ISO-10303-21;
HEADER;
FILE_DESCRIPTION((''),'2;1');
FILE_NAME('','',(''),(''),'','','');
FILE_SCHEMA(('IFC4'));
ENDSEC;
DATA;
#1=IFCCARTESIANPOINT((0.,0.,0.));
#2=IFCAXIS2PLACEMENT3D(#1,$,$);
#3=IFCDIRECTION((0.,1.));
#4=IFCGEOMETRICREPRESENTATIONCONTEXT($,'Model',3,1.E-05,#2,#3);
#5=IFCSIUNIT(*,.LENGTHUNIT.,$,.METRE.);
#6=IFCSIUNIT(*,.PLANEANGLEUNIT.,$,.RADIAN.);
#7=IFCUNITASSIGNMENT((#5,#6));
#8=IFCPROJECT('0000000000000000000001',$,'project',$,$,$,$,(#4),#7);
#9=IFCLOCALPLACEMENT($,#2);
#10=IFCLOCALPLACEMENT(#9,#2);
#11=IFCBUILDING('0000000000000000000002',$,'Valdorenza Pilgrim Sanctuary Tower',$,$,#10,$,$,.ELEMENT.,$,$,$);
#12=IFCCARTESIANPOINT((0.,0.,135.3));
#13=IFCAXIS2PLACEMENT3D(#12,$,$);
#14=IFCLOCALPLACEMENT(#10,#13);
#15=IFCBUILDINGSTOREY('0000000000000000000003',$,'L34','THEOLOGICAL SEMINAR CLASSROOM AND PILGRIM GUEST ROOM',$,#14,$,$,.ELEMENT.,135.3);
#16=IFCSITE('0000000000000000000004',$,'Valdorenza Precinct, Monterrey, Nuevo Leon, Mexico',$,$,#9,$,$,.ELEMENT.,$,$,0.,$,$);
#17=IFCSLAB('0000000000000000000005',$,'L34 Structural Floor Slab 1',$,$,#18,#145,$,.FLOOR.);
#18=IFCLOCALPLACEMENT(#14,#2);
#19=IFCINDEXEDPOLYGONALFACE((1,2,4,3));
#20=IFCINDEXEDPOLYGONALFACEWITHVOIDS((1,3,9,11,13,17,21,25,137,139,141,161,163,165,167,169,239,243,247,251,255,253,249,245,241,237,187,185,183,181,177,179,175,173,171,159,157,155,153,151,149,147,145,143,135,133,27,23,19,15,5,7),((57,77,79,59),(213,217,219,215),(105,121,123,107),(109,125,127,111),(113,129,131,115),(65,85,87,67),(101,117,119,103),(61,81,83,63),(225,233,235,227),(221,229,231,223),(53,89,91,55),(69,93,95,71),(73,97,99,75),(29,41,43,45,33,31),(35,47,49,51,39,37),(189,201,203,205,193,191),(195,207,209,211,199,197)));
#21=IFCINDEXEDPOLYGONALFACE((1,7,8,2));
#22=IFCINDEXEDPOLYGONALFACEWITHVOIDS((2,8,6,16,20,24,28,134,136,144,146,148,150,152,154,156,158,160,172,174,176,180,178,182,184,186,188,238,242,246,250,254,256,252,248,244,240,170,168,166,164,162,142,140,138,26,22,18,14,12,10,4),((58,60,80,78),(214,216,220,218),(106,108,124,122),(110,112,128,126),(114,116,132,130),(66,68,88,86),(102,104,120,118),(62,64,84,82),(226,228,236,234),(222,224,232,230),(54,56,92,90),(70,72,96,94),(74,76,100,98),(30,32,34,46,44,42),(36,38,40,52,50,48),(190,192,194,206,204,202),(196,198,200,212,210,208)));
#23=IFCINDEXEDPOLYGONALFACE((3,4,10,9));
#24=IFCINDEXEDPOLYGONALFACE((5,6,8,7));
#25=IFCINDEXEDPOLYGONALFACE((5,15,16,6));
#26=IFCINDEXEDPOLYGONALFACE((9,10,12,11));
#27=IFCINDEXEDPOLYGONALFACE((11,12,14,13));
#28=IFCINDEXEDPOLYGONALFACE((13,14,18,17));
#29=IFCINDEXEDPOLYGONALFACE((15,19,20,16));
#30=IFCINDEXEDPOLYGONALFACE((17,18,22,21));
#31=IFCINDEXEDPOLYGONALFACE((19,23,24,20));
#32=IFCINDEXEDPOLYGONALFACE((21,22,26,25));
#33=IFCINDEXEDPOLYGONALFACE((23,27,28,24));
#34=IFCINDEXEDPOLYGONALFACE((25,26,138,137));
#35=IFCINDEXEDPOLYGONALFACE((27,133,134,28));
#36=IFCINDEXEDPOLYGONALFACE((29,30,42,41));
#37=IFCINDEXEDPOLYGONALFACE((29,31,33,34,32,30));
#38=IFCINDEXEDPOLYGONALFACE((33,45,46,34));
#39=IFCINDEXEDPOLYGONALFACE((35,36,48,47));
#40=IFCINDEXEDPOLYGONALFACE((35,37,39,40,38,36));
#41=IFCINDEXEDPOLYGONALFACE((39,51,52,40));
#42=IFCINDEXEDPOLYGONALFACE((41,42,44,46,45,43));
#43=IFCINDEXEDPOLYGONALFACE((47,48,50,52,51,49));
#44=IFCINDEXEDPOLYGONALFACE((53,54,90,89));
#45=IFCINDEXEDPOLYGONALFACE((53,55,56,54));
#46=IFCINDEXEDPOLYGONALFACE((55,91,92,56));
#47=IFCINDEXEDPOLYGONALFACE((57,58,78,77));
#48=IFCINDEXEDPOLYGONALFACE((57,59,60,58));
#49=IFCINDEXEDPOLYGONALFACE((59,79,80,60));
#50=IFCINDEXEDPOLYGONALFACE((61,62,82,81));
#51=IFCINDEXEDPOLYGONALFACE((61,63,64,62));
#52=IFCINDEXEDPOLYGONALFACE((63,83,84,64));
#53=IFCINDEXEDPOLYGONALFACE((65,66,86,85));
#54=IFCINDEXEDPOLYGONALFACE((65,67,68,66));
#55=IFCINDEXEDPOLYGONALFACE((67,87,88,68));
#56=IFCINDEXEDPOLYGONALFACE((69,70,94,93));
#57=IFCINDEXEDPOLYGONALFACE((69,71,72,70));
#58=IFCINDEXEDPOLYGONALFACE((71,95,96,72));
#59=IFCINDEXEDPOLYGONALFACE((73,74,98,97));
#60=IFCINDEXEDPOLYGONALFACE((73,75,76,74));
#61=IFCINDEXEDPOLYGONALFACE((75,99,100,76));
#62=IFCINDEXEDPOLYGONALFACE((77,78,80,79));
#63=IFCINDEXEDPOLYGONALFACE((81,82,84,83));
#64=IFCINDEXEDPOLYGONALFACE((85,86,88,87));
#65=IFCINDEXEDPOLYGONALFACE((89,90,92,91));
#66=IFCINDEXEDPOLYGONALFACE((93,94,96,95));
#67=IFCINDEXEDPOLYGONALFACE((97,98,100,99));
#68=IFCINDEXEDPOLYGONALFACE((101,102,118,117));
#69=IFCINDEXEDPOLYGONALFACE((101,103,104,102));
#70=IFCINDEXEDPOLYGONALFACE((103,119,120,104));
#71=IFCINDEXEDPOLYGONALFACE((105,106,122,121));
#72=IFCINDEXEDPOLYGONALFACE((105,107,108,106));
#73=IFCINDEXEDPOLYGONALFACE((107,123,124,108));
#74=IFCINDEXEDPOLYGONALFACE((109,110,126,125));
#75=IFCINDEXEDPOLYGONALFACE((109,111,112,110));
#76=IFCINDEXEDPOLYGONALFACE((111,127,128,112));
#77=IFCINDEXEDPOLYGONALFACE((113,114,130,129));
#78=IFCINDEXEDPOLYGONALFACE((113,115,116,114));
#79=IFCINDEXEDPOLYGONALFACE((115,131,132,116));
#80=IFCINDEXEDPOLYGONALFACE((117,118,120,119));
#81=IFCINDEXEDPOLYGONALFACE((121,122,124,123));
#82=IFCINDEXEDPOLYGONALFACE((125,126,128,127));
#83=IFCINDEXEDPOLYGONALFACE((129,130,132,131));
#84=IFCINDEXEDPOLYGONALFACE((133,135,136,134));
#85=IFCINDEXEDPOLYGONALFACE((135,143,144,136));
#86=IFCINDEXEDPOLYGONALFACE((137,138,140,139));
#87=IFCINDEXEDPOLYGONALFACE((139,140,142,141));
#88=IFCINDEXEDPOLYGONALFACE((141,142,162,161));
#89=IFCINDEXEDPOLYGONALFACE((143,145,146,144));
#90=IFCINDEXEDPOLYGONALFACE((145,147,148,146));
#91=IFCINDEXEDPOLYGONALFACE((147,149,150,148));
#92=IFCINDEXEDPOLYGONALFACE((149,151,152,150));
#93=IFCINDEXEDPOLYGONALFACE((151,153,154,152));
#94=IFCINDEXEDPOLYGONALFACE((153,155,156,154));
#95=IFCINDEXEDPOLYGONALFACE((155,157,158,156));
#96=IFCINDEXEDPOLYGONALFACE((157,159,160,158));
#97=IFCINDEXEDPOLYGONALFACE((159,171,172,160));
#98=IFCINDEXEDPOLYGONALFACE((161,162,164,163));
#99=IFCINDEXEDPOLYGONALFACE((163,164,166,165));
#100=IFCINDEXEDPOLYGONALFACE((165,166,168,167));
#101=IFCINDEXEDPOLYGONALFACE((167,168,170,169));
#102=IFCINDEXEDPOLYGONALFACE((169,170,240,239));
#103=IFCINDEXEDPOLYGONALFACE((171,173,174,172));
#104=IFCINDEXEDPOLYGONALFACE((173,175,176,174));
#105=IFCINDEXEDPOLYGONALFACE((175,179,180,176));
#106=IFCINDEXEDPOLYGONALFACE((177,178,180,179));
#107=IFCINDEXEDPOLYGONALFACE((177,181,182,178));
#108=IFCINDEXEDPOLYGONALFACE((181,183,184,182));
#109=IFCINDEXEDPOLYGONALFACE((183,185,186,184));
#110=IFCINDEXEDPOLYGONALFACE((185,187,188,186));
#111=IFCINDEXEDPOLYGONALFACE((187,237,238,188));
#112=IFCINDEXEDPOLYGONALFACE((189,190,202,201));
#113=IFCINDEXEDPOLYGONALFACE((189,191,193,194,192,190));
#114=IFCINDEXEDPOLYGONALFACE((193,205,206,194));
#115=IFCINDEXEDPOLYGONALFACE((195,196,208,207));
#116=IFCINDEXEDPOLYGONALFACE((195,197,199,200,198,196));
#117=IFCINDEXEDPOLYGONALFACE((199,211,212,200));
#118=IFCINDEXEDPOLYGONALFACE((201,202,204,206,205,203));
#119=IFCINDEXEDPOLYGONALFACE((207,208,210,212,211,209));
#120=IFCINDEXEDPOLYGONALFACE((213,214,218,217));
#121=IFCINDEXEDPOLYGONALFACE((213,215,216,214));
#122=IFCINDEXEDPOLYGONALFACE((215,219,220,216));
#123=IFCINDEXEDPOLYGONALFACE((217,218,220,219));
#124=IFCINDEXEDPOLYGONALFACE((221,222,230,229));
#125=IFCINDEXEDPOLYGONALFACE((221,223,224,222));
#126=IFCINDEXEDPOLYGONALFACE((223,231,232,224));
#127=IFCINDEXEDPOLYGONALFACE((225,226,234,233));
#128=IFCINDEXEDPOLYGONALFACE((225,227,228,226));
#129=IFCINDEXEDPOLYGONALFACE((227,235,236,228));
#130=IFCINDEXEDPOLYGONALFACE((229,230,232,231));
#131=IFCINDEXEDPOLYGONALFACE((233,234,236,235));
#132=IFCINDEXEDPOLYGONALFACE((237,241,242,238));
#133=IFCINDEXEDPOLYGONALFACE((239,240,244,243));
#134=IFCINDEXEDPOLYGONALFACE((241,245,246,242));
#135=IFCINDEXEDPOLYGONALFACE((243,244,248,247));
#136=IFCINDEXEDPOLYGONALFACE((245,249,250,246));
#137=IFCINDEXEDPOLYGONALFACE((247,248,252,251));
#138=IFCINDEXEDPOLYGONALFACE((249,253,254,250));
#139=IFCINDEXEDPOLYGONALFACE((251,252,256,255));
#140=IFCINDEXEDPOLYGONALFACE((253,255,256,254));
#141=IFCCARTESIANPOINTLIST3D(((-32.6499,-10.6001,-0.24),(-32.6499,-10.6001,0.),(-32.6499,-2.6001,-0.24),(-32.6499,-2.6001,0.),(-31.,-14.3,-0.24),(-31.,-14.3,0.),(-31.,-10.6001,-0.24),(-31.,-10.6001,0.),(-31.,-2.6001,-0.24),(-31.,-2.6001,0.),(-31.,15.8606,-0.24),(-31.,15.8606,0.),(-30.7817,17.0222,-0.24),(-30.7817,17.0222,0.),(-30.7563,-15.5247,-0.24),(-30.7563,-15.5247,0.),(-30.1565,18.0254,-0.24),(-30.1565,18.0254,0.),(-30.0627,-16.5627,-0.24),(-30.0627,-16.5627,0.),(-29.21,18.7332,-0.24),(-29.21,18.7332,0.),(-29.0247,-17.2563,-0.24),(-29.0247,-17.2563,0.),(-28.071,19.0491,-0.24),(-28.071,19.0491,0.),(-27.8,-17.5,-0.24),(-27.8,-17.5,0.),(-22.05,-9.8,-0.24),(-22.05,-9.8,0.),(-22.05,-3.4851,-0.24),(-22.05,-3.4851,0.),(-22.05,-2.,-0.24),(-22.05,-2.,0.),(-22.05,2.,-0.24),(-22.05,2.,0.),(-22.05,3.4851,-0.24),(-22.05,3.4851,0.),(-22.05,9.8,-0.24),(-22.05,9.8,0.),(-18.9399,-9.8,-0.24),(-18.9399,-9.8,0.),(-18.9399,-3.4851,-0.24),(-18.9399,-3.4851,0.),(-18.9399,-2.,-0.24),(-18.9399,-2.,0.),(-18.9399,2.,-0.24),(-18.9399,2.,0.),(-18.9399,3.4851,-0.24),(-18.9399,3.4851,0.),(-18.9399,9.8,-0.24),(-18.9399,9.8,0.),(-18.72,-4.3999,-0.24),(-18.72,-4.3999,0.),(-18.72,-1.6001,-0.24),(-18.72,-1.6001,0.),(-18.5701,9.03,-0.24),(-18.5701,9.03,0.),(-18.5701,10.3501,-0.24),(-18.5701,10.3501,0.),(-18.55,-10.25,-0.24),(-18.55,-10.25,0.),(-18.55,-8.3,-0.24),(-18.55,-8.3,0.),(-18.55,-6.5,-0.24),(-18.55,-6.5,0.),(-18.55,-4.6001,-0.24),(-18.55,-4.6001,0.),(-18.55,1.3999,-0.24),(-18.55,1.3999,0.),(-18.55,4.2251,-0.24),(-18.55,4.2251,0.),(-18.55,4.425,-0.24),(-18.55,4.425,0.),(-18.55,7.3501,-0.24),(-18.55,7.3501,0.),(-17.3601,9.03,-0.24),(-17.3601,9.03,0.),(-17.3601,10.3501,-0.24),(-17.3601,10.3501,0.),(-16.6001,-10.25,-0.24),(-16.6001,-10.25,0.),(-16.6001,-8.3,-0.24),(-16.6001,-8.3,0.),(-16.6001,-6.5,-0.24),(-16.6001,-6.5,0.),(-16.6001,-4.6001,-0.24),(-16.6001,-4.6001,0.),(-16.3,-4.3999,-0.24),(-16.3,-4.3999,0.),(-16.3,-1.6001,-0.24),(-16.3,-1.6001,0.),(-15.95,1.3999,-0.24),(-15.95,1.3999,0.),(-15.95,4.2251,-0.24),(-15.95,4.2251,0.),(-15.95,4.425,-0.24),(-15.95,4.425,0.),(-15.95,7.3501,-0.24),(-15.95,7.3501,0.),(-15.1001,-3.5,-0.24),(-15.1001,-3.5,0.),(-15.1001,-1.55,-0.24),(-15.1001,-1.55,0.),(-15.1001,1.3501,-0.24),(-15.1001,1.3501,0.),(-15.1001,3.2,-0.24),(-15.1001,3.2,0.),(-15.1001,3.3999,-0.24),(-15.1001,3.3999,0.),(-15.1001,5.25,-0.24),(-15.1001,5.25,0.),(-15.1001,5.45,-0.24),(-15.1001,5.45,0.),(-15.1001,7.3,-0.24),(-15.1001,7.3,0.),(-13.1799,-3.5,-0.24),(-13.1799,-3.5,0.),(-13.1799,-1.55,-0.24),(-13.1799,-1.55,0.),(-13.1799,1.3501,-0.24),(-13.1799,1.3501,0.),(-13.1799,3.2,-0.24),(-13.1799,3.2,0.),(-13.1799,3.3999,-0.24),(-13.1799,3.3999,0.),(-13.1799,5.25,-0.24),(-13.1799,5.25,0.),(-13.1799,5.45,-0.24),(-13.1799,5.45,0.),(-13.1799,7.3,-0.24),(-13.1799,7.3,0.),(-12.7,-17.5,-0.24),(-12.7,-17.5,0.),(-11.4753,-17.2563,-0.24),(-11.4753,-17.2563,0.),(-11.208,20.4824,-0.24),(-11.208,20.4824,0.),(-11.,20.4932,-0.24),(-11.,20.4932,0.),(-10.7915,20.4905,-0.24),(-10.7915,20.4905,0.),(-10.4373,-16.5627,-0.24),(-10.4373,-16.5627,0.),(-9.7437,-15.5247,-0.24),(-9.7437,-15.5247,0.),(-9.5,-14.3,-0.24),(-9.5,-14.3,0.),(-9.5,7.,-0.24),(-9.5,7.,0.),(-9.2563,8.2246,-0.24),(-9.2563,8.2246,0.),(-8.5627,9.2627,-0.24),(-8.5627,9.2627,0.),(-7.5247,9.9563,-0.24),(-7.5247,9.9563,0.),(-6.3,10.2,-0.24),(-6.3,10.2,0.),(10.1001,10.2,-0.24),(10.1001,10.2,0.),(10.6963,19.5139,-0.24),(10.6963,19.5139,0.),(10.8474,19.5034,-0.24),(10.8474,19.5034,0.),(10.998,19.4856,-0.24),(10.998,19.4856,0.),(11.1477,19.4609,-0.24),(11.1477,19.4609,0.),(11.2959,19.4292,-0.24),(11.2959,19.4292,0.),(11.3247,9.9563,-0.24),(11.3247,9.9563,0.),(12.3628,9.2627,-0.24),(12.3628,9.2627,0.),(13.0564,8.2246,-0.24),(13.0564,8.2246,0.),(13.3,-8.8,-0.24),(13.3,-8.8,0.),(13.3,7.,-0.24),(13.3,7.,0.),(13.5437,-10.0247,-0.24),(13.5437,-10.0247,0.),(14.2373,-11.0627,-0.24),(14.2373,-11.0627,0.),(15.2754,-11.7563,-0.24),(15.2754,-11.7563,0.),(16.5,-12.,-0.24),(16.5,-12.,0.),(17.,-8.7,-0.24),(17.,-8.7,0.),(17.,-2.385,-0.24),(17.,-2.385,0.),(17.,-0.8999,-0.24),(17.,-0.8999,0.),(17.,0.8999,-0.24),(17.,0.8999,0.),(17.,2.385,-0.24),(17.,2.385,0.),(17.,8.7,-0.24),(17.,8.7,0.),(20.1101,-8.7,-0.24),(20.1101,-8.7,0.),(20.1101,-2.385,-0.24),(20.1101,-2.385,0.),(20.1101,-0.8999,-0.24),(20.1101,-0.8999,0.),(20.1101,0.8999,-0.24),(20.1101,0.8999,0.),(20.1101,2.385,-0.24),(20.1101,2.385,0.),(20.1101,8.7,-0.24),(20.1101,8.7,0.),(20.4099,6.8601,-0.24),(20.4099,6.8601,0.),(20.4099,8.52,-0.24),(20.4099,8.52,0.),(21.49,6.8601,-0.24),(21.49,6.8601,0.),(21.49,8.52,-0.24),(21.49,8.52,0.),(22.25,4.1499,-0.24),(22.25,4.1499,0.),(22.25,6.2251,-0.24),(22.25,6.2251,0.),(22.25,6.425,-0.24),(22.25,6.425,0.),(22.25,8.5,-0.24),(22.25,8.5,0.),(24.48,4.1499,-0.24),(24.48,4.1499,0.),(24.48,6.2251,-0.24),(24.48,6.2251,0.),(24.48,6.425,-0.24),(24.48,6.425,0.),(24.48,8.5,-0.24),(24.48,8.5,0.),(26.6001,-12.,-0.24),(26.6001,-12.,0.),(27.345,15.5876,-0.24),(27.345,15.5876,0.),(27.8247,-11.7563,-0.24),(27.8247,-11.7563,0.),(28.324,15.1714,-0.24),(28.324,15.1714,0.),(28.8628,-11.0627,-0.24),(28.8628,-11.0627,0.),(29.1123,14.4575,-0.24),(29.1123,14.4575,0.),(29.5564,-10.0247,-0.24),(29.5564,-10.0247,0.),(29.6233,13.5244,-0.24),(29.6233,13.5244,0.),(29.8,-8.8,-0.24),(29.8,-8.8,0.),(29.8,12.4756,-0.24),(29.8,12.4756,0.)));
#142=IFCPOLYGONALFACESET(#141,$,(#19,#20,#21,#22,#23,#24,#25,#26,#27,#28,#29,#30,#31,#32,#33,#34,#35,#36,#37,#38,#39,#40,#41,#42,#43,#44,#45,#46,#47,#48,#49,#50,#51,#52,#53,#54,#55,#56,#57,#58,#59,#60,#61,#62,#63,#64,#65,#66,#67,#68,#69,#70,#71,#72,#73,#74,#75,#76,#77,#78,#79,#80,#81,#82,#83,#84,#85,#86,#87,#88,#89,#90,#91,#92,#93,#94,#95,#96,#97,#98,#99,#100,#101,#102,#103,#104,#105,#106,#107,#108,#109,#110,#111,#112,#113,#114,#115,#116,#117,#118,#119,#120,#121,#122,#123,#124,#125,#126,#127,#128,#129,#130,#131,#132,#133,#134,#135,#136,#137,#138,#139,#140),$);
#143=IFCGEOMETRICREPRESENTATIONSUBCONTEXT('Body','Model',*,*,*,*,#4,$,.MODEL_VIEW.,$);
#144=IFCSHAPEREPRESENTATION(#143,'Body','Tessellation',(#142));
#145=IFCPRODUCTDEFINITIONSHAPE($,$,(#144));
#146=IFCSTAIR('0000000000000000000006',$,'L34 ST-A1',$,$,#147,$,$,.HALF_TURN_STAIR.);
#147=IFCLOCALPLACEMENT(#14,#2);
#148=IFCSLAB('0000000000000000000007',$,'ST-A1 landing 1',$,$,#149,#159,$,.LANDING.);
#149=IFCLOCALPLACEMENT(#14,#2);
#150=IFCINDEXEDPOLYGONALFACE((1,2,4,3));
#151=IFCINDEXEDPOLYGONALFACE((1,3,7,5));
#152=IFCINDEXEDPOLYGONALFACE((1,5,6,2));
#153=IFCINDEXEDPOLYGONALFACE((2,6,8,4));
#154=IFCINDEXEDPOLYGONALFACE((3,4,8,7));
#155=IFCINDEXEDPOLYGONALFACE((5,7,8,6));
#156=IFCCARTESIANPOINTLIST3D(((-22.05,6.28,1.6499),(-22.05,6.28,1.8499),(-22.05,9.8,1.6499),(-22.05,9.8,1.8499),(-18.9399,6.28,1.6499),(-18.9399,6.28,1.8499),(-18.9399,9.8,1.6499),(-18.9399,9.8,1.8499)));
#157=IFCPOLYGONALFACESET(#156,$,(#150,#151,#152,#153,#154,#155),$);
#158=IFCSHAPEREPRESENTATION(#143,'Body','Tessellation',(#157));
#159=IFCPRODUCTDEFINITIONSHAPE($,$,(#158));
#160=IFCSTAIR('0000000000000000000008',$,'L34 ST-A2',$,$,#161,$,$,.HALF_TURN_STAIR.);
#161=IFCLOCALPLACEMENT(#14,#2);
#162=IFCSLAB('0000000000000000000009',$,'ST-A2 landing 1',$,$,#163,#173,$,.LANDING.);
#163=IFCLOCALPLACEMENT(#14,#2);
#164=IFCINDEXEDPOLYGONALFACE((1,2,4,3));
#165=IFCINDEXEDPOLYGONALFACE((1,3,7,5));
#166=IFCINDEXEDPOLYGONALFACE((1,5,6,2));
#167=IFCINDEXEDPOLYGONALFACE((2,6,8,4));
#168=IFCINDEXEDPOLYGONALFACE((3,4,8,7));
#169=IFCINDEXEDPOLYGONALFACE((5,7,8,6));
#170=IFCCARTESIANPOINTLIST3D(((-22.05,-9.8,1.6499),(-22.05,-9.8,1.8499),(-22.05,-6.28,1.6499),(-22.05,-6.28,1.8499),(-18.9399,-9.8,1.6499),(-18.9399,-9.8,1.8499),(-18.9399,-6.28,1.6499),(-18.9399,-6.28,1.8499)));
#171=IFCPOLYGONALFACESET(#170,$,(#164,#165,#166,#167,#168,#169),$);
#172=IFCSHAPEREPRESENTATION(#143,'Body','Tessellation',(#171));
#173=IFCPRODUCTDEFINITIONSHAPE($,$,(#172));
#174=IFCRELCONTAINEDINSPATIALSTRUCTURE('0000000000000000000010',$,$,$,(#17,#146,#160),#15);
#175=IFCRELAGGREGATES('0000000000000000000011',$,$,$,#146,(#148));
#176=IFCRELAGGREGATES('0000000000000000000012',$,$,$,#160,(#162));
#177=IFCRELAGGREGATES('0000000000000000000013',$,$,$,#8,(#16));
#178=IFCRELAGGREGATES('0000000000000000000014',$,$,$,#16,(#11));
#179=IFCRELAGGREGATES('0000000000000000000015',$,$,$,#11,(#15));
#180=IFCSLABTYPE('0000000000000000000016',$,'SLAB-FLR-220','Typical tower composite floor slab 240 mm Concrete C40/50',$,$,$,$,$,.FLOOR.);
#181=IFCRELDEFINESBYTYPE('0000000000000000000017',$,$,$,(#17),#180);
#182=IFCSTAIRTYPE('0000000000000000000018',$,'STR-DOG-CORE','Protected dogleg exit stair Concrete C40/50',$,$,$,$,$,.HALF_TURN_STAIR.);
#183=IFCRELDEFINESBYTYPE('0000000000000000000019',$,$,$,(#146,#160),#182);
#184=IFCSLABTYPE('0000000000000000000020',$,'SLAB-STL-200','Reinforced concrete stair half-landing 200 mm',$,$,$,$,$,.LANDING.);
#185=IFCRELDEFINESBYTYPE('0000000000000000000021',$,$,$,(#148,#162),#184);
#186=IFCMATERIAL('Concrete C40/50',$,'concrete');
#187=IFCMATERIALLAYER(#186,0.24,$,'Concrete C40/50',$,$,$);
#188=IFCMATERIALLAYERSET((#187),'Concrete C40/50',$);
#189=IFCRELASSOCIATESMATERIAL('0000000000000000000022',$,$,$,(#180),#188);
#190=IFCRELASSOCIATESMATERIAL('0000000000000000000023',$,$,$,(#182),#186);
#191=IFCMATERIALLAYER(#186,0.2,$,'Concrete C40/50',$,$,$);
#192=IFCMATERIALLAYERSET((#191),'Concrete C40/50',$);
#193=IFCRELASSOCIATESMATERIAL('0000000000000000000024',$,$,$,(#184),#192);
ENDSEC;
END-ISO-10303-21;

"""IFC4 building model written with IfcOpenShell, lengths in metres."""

from ifc_helpers import new_model, si_unit, direction, frame, origin, place, context, subcontext, project, spatial, polyline, outline, extrude, material, layer, layer_set, type_object, element, aggregate, save


model = new_model("IFC4")

# Units and contexts
model_context = context("Model", 3, precision=1e-05, world=origin(), true_north=direction((0.0, 1.0)))
body_context = subcontext(model_context, "Body", "Model", "MODEL_VIEW")
ifc_project = project(units=[si_unit("LENGTHUNIT", "METRE"), si_unit("PLANEANGLEUNIT", "RADIAN")], contexts=[model_context])

# Site, building, storey
site_placement = place(None, origin())
site = spatial("IfcSite", under=ifc_project, at=site_placement, Name="Valdorenza Precinct, Monterrey, Nuevo Leon, Mexico", CompositionType="ELEMENT", RefElevation=0.0)
building_placement = place(site_placement, origin())
building = spatial("IfcBuilding", under=site, at=building_placement, Name="Valdorenza Pilgrim Sanctuary Tower", CompositionType="ELEMENT")
storey_placement = place(building_placement, frame((0.0, 0.0, 135.3)))
storey = spatial("IfcBuildingStorey", under=building, at=storey_placement, Name="L34", Description="THEOLOGICAL SEMINAR CLASSROOM AND PILGRIM GUEST ROOM", CompositionType="ELEMENT", Elevation=135.3)

# Slab
ifc_material_1 = material(Name="Concrete C40/50", Category="concrete")
ifc_layer_1 = layer(ifc_material_1, 0.24, Name="Concrete C40/50")
ifc_layer_set_1 = layer_set([ifc_layer_1], Name="Concrete C40/50")
slab_type_1 = type_object("IfcSlabType", Name="SLAB-FLR-220", Description="Typical tower composite floor slab 240 mm Concrete C40/50", PredefinedType="FLOOR", material=ifc_layer_set_1)
slab_1_placement = place(storey_placement, frame((0.0, 0.0, -0.24)))
element("IfcSlab", 1, at=slab_1_placement, inside=storey, type_object=slab_type_1, Name="L34 Structural Floor Slab 1", PredefinedType="FLOOR", context=body_context, shape_type="SweptSolid", body=[
    extrude(outline(polyline([(-32.6499, -2.6001), (-31.0, -2.6001), (-31.0, 15.8606), (-30.7817, 17.0222), (-30.1565, 18.0254), (-29.21, 18.7332), (-28.071, 19.0491), (-11.208, 20.4824), (-11.0, 20.4932), (-10.7915, 20.4905), (10.6963, 19.5139), (10.8474, 19.5034), (10.998, 19.4856), (11.1477, 19.4609), (11.2959, 19.4292), (27.345, 15.5876), (28.324, 15.1714), (29.1123, 14.4575), (29.6233, 13.5244), (29.8, 12.4756), (29.8, -8.8), (29.5564, -10.0247), (28.8628, -11.0627), (27.8247, -11.7563), (26.6001, -12.0), (16.5, -12.0), (15.2754, -11.7563), (14.2373, -11.0627), (13.5437, -10.0247), (13.3, -8.8), (13.3, 7.0), (13.0564, 8.2246), (12.3628, 9.2627), (11.3247, 9.9563), (10.1001, 10.2), (-6.3, 10.2), (-7.5247, 9.9563), (-8.5627, 9.2627), (-9.2563, 8.2246), (-9.5, 7.0), (-9.5, -14.3), (-9.7437, -15.5247), (-10.4373, -16.5627), (-11.4753, -17.2563), (-12.7, -17.5), (-27.8, -17.5), (-29.0247, -17.2563), (-30.0627, -16.5627), (-30.7563, -15.5247), (-31.0, -14.3), (-31.0, -10.6001), (-32.6499, -10.6001), (-32.6499, -2.6001)]), holes=[polyline([(-16.6001, -10.25), (-16.6001, -8.3), (-18.55, -8.3), (-18.55, -10.25), (-16.6001, -10.25)]), polyline([(-22.05, -9.8), (-18.9399, -9.8), (-18.9399, -3.4851), (-18.9399, -2.0), (-22.05, -2.0), (-22.05, -3.4851), (-22.05, -9.8)]), polyline([(-16.6001, -6.5), (-16.6001, -4.6001), (-18.55, -4.6001), (-18.55, -6.5), (-16.6001, -6.5)]), polyline([(-18.72, -4.3999), (-16.3, -4.3999), (-16.3, -1.6001), (-18.72, -1.6001), (-18.72, -4.3999)]), polyline([(-13.1799, 1.3501), (-13.1799, 3.2), (-15.1001, 3.2), (-15.1001, 1.3501), (-13.1799, 1.3501)]), polyline([(-22.05, 2.0), (-18.9399, 2.0), (-18.9399, 3.4851), (-18.9399, 9.8), (-22.05, 9.8), (-22.05, 3.4851), (-22.05, 2.0)]), polyline([(-15.95, 1.3999), (-15.95, 4.2251), (-18.55, 4.2251), (-18.55, 1.3999), (-15.95, 1.3999)]), polyline([(-18.55, 4.425), (-15.95, 4.425), (-15.95, 7.3501), (-18.55, 7.3501), (-18.55, 4.425)]), polyline([(-17.3601, 9.03), (-17.3601, 10.3501), (-18.5701, 10.3501), (-18.5701, 9.03), (-17.3601, 9.03)]), polyline([(17.0, -8.7), (20.1101, -8.7), (20.1101, -2.385), (20.1101, -0.8999), (17.0, -0.8999), (17.0, -2.385), (17.0, -8.7)]), polyline([(-13.1799, -3.5), (-13.1799, -1.55), (-15.1001, -1.55), (-15.1001, -3.5), (-13.1799, -3.5)]), polyline([(17.0, 0.8999), (20.1101, 0.8999), (20.1101, 2.385), (20.1101, 8.7), (17.0, 8.7), (17.0, 2.385), (17.0, 0.8999)]), polyline([(-13.1799, 3.3999), (-13.1799, 5.25), (-15.1001, 5.25), (-15.1001, 3.3999), (-13.1799, 3.3999)]), polyline([(22.25, 4.1499), (24.48, 4.1499), (24.48, 6.2251), (22.25, 6.2251), (22.25, 4.1499)]), polyline([(-13.1799, 5.45), (-13.1799, 7.3), (-15.1001, 7.3), (-15.1001, 5.45), (-13.1799, 5.45)]), polyline([(22.25, 6.425), (24.48, 6.425), (24.48, 8.5), (22.25, 8.5), (22.25, 6.425)]), polyline([(20.4099, 6.8601), (21.49, 6.8601), (21.49, 8.52), (20.4099, 8.52), (20.4099, 6.8601)])]), origin(), (0.0, 0.0, 1.0), 0.24),
])

# Stairs, slabs
stair_type = type_object("IfcStairType", Name="STR-DOG-CORE", Description="Protected dogleg exit stair Concrete C40/50", PredefinedType="HALF_TURN_STAIR", material=ifc_material_1)
stair_1_placement = place(storey_placement, origin())
stair_1 = element("IfcStair", 2, at=stair_1_placement, inside=storey, type_object=stair_type, Name="L34 ST-A1", PredefinedType="HALF_TURN_STAIR")
ifc_layer_2 = layer(ifc_material_1, 0.2, Name="Concrete C40/50")
ifc_layer_set_2 = layer_set([ifc_layer_2], Name="Concrete C40/50")
slab_type_2 = type_object("IfcSlabType", Name="SLAB-STL-200", Description="Reinforced concrete stair half-landing 200 mm", PredefinedType="LANDING", material=ifc_layer_set_2)
slab_2_placement = place(storey_placement, frame((0.0, 0.0, 1.6499)))
slab_2 = element("IfcSlab", 3, at=slab_2_placement, type_object=slab_type_2, Name="ST-A1 landing 1", PredefinedType="LANDING", context=body_context, shape_type="SweptSolid", body=[
    extrude(outline(polyline([(-18.9399, 6.28), (-18.9399, 9.8), (-22.05, 9.8), (-22.05, 6.28), (-18.9399, 6.28)])), origin(), (0.0, 0.0, 1.0), 0.2),
])
aggregate(stair_1, [slab_2])
stair_2_placement = place(storey_placement, origin())
stair_2 = element("IfcStair", 4, at=stair_2_placement, inside=storey, type_object=stair_type, Name="L34 ST-A2", PredefinedType="HALF_TURN_STAIR")
slab_3_placement = place(storey_placement, frame((0.0, 0.0, 1.6499)))
slab_3 = element("IfcSlab", 5, at=slab_3_placement, type_object=slab_type_2, Name="ST-A2 landing 1", PredefinedType="LANDING", context=body_context, shape_type="SweptSolid", body=[
    extrude(outline(polyline([(-22.05, -6.28), (-22.05, -9.8), (-18.9399, -9.8), (-18.9399, -6.28), (-22.05, -6.28)])), origin(), (0.0, 0.0, 1.0), 0.2),
])
aggregate(stair_2, [slab_3])

save(model, "model.ifc")
